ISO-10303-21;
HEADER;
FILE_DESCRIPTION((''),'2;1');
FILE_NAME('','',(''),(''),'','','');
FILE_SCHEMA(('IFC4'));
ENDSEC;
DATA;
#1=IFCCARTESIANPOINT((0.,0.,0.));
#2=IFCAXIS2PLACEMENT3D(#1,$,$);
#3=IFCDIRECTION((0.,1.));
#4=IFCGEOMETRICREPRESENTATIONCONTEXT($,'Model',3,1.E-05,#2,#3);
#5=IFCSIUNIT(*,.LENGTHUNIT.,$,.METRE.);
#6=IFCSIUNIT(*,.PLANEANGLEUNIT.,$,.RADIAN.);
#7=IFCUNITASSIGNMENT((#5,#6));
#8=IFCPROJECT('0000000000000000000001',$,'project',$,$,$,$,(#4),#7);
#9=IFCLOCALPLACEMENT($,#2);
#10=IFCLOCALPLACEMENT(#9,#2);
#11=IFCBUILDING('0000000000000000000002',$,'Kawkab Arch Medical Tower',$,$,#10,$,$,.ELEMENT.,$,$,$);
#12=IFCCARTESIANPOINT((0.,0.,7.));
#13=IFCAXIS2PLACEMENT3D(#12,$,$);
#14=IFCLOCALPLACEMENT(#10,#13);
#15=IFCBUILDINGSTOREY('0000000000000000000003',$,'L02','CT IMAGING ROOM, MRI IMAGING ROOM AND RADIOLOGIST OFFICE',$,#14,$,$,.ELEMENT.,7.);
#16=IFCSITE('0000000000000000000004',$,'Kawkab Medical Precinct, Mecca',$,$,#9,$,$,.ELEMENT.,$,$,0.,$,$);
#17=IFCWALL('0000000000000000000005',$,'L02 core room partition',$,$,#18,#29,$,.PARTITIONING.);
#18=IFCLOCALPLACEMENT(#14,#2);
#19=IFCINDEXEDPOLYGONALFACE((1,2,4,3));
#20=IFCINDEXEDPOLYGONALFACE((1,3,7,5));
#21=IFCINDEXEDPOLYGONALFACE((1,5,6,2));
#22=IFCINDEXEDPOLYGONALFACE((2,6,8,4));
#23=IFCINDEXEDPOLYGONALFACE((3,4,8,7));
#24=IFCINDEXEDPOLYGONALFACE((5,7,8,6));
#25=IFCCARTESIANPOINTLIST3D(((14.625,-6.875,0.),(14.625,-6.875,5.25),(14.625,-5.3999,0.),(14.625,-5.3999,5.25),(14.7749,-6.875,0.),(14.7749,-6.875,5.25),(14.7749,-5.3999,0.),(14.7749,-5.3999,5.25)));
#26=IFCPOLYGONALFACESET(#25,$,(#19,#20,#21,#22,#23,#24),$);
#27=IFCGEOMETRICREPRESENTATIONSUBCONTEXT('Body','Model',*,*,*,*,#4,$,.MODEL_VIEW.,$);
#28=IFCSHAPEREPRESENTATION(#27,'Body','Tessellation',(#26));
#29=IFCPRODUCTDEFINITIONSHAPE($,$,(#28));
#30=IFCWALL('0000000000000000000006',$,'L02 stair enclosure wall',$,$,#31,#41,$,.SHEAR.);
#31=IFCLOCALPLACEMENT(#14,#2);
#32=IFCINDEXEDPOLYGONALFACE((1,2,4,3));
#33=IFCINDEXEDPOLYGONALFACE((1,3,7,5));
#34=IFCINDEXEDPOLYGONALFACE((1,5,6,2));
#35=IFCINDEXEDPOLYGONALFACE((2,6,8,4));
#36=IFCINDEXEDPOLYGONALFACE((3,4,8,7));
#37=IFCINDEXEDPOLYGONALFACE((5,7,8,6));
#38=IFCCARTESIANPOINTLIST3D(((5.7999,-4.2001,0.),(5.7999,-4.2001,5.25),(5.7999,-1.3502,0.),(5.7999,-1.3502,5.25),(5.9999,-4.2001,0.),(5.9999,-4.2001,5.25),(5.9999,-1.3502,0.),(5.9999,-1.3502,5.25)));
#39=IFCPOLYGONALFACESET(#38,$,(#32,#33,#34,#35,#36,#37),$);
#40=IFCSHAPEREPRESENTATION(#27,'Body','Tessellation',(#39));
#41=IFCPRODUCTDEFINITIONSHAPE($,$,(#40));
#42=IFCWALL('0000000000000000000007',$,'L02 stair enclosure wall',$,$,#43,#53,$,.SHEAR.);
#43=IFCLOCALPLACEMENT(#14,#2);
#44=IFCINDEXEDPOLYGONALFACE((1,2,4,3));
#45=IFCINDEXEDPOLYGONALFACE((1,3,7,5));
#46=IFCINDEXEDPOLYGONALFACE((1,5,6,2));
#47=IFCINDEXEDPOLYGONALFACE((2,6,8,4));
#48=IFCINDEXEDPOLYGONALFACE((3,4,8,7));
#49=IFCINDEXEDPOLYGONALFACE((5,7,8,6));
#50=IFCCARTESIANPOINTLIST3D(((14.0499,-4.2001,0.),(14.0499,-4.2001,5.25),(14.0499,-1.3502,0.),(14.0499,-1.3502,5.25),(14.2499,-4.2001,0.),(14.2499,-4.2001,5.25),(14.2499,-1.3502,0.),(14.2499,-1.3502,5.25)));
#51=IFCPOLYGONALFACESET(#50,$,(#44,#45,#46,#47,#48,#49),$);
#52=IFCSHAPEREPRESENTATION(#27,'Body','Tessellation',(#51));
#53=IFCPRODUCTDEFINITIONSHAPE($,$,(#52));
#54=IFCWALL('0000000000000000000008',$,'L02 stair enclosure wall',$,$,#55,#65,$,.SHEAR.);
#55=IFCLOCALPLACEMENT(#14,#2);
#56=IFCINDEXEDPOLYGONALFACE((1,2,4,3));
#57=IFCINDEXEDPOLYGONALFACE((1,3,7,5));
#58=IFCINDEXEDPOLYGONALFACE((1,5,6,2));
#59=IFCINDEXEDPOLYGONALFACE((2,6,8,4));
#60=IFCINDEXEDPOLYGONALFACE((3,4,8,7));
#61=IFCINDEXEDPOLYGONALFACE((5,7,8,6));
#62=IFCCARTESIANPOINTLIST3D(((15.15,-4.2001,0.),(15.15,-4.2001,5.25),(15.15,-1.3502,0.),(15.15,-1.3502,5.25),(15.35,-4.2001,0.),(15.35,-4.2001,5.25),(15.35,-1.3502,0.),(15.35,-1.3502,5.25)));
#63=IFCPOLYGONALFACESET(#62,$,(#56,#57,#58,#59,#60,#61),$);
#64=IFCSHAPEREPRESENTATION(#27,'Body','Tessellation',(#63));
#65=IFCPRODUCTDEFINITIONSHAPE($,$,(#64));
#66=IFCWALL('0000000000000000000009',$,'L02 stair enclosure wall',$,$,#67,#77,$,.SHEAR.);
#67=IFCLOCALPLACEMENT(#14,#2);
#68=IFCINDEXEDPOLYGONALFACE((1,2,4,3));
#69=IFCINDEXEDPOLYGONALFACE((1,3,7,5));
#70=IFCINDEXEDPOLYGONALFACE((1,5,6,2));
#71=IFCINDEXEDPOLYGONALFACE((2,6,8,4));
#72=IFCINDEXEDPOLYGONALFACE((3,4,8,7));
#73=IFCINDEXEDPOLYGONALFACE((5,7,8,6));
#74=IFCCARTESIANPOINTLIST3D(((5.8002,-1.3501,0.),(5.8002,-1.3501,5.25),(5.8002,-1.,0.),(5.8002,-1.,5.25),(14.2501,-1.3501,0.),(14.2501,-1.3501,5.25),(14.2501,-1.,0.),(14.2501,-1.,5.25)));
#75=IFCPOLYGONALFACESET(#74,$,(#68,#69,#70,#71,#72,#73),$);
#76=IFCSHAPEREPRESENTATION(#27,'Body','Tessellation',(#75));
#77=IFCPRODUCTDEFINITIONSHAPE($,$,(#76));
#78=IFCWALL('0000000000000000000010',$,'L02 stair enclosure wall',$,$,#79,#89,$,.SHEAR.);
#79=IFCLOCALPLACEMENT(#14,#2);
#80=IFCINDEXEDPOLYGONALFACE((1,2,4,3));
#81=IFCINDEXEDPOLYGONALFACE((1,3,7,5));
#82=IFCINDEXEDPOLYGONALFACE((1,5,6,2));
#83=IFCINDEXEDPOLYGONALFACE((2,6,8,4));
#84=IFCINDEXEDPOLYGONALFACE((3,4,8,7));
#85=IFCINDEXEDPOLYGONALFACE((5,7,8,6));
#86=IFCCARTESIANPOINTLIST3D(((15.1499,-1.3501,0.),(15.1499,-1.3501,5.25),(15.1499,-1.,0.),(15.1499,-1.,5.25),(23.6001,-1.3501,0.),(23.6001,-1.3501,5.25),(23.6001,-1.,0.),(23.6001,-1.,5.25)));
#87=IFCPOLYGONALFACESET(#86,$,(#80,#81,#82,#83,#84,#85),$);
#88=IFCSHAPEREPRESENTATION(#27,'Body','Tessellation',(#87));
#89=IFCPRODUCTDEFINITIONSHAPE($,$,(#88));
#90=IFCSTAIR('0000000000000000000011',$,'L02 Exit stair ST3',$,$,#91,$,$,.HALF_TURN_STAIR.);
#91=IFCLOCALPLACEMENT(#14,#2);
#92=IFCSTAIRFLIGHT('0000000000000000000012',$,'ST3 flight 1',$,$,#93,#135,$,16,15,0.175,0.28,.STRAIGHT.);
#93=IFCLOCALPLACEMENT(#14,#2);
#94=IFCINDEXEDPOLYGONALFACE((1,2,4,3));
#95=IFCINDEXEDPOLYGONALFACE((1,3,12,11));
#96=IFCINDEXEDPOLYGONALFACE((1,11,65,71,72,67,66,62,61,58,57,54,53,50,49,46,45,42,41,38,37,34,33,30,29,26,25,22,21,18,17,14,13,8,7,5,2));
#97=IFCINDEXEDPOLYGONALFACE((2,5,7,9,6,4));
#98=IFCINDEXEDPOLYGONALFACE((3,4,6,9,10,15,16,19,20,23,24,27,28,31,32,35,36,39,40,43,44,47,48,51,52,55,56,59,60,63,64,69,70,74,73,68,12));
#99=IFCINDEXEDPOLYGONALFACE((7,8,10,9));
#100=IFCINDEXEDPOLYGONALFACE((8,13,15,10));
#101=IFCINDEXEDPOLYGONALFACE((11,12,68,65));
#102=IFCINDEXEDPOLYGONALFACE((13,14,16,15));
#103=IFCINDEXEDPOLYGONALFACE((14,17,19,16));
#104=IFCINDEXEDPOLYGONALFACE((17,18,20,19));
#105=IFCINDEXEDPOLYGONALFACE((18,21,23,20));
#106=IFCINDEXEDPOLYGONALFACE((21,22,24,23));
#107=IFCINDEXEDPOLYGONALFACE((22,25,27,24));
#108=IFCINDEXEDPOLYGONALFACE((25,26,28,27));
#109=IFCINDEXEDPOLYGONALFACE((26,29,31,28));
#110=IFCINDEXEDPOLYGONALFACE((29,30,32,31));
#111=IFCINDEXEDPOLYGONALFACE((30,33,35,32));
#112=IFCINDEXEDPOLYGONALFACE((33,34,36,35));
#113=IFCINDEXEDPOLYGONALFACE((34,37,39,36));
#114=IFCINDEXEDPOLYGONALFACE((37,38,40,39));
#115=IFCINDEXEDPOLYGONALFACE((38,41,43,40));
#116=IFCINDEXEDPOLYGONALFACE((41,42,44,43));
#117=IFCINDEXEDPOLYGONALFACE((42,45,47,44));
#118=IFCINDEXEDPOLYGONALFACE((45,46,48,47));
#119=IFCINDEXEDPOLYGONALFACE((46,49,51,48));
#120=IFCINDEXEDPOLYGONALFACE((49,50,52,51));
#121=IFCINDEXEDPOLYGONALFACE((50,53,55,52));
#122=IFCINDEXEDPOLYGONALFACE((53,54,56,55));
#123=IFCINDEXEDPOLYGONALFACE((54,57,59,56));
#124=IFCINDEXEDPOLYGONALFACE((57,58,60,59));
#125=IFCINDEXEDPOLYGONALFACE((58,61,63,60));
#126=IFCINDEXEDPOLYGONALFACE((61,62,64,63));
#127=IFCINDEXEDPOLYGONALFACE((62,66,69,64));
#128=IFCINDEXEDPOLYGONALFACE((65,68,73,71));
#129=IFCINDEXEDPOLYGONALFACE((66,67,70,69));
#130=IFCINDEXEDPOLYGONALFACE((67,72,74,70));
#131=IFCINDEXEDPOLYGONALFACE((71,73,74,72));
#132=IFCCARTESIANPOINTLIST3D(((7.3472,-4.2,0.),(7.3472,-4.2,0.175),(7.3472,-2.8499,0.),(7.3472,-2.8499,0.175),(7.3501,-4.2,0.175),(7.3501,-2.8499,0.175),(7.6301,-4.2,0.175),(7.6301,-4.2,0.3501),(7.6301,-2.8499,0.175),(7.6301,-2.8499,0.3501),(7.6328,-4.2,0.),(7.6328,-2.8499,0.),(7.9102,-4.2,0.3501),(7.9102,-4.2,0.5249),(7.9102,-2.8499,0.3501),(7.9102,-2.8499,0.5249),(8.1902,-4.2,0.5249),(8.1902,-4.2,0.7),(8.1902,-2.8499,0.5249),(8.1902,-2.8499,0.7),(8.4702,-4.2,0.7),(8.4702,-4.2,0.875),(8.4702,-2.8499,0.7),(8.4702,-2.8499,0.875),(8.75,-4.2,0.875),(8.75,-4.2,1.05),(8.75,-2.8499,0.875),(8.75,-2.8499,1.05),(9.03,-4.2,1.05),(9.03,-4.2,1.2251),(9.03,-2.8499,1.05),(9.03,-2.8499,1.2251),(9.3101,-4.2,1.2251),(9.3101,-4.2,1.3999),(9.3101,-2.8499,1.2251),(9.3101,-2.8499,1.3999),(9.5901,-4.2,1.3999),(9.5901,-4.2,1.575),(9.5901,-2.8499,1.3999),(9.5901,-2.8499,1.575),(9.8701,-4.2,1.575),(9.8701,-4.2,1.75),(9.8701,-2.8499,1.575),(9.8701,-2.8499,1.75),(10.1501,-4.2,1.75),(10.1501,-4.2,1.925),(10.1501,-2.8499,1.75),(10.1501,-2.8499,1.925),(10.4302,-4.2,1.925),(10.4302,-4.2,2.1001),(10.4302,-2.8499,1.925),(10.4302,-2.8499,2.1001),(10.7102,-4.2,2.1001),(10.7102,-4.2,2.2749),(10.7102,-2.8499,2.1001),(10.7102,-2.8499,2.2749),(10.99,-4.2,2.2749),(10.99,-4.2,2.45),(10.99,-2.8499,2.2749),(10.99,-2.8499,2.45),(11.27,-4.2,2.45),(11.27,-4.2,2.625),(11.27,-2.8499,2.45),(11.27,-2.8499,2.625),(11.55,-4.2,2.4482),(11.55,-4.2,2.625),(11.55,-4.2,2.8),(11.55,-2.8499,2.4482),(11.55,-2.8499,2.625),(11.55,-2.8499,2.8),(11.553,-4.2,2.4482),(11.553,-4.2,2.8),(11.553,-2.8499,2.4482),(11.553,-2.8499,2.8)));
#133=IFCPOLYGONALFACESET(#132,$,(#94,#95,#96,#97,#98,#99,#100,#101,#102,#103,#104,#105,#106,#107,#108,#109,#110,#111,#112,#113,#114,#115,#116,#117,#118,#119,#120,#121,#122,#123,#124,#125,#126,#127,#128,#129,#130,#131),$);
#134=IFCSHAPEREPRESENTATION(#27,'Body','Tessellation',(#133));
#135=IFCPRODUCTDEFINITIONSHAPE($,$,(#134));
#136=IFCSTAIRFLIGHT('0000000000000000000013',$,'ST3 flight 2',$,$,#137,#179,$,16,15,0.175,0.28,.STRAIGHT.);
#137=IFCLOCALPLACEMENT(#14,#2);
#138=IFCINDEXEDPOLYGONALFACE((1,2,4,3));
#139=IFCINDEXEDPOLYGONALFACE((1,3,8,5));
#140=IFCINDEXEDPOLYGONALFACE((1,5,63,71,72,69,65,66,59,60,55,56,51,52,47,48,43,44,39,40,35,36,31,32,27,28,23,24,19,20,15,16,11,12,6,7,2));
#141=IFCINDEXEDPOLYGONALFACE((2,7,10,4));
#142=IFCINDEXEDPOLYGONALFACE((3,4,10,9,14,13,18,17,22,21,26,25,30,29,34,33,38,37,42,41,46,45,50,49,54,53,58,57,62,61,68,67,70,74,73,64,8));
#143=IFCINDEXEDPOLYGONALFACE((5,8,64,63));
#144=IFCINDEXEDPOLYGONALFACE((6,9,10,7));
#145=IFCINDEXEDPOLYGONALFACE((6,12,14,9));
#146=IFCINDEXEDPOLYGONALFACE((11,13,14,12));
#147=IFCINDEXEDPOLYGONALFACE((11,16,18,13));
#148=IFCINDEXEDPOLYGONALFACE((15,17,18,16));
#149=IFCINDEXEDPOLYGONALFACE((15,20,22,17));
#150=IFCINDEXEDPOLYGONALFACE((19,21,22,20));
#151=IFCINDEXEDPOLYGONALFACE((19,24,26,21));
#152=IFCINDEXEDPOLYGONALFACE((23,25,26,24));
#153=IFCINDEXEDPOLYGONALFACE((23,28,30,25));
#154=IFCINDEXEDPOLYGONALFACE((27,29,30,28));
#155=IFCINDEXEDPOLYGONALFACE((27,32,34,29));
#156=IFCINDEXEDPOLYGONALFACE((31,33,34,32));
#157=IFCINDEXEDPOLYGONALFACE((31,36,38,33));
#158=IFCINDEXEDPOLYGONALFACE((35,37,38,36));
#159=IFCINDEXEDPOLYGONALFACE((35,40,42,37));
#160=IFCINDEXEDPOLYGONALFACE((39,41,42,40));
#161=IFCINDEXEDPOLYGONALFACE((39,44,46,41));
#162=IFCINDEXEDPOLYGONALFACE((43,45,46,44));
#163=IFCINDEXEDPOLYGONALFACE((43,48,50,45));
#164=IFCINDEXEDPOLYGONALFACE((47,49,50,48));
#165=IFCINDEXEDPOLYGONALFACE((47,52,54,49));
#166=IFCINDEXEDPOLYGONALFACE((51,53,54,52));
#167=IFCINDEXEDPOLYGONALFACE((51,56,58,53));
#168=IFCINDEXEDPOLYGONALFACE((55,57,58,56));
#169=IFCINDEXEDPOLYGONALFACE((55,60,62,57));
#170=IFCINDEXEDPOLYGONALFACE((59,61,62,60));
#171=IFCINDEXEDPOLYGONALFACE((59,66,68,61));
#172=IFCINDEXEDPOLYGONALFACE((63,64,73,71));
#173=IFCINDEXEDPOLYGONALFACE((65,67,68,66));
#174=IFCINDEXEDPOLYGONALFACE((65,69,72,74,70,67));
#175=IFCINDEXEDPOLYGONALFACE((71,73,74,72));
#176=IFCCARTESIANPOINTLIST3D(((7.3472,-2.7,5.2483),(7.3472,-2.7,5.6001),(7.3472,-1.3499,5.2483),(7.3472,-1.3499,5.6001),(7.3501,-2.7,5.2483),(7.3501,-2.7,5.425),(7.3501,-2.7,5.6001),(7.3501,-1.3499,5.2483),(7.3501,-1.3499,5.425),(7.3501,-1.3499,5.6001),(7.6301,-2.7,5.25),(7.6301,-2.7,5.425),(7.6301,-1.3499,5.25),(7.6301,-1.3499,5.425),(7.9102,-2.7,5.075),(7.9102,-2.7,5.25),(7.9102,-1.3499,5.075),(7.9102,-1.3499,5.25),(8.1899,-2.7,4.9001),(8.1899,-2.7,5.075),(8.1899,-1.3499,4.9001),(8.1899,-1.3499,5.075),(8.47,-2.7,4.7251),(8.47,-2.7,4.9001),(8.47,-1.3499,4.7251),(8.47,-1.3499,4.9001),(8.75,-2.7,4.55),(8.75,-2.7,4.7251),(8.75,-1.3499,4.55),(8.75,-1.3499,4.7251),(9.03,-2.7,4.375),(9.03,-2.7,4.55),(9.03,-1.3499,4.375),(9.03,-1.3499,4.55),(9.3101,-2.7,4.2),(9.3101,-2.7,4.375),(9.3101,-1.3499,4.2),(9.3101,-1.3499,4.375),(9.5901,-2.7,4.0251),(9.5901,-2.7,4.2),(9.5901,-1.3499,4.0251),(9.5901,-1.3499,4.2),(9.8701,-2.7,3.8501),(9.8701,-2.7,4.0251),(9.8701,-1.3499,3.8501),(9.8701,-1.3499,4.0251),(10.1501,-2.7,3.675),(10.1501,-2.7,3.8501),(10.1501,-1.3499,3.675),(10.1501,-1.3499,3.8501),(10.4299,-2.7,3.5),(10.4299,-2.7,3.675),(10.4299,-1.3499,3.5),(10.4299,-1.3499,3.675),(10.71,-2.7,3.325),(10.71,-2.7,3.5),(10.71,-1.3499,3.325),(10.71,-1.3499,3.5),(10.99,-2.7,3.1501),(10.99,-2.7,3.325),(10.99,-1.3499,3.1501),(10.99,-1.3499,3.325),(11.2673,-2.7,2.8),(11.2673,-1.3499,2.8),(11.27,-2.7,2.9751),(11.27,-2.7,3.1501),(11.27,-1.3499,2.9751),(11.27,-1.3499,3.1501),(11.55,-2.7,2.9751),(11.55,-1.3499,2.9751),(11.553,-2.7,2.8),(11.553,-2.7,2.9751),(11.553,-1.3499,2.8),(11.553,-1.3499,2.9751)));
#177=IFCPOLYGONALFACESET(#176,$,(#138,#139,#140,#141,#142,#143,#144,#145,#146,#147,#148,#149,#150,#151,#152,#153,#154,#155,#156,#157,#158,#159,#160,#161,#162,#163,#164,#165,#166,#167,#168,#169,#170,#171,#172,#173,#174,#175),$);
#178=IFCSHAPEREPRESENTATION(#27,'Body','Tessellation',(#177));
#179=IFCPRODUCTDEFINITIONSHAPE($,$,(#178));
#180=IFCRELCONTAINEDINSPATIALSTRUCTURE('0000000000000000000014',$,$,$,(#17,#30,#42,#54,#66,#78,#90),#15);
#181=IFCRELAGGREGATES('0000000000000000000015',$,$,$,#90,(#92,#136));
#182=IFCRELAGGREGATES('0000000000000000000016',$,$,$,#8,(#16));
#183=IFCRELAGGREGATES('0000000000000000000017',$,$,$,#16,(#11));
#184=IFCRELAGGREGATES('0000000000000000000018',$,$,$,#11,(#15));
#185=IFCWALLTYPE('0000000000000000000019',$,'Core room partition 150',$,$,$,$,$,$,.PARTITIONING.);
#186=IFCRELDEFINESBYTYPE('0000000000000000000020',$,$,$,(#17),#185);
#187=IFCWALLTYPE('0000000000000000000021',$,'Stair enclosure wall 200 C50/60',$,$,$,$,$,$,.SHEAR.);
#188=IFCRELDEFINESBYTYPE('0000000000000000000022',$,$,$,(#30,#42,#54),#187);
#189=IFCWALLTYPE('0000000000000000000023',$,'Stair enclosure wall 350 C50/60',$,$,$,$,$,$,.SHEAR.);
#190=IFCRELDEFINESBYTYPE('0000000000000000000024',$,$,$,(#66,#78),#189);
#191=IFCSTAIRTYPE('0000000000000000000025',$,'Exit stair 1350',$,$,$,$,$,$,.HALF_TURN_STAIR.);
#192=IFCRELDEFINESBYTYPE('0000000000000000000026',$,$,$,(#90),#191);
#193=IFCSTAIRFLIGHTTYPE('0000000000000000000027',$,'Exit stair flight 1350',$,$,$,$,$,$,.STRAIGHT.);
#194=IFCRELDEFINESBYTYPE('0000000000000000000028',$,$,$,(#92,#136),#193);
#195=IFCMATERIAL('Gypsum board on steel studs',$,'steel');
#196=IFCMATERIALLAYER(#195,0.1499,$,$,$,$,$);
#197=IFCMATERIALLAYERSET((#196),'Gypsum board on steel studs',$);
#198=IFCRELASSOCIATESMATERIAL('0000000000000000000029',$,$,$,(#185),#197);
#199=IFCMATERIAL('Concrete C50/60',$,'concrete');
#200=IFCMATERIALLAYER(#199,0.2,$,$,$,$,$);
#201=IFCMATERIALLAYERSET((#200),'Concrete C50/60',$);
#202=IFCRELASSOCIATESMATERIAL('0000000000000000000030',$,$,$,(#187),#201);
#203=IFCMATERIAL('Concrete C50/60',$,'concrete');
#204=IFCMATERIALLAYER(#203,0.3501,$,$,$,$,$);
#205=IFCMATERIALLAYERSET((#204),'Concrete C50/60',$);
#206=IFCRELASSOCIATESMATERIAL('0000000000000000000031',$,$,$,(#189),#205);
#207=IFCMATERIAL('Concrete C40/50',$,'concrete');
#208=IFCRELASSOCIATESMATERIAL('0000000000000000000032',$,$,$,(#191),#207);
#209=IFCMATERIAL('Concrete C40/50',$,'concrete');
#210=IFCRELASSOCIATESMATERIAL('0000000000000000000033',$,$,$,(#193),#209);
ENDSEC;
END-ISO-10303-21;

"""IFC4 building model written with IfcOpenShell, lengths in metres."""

from ifc_helpers import new_model, si_unit, direction, frame, frame_2d, origin, place, context, subcontext, project, spatial, polyline, rectangle, outline, extrude, material, layer, layer_set, type_object, element, aggregate, save


model = new_model("IFC4")

# Units and contexts
model_context = context("Model", 3, precision=1e-05, world=origin(), true_north=direction((0.0, 1.0)))
body_context = subcontext(model_context, "Body", "Model", "MODEL_VIEW")
ifc_project = project(units=[si_unit("LENGTHUNIT", "METRE"), si_unit("PLANEANGLEUNIT", "RADIAN")], contexts=[model_context])

# Site, building, storey
site_placement = place(None, origin())
site = spatial("IfcSite", under=ifc_project, at=site_placement, Name="Kawkab Medical Precinct, Mecca", CompositionType="ELEMENT", RefElevation=0.0)
building_placement = place(site_placement, origin())
building = spatial("IfcBuilding", under=site, at=building_placement, Name="Kawkab Arch Medical Tower", CompositionType="ELEMENT")
storey_placement = place(building_placement, frame((0.0, 0.0, 7.0)))
storey = spatial("IfcBuildingStorey", under=building, at=storey_placement, Name="L02", Description="CT IMAGING ROOM, MRI IMAGING ROOM AND RADIOLOGIST OFFICE", CompositionType="ELEMENT", Elevation=7.0)

# Shared definitions
ifc_material_1 = material(Name="Gypsum board on steel studs", Category="steel")
ifc_layer_1 = layer(ifc_material_1, 0.1499)
ifc_layer_set_1 = layer_set([ifc_layer_1], Name="Gypsum board on steel studs")
wall_type_1 = type_object("IfcWallType", Name="Core room partition 150", PredefinedType="PARTITIONING", material=ifc_layer_set_1)

# Walls
for number, where, z_axis, x_axis, name in (
    (1, (14.7, -6.875, 0.0), (0.0, 0.0, 1.0), (0.0, 1.0, 0.0), "L02 core room partition"),
):
    element("IfcWall", number, at=place(storey_placement, frame(where, z_axis=z_axis, x_axis=x_axis)), inside=storey, type_object=wall_type_1, Name=name, PredefinedType="PARTITIONING", context=body_context, shape_type="SweptSolid", body=[
        extrude(rectangle(XDim=1.4751, YDim=0.1499, at=frame_2d((0.7375, 0.0))), origin(), (0.0, 0.0, 1.0), 5.25),
    ])
ifc_material_2 = material(Name="Concrete C50/60", Category="concrete")
ifc_layer_2 = layer(ifc_material_2, 0.2)
ifc_layer_set_2 = layer_set([ifc_layer_2], Name="Concrete C50/60")
wall_type_2 = type_object("IfcWallType", Name="Stair enclosure wall 200 C50/60", PredefinedType="SHEAR", material=ifc_layer_set_2)
for number, where, z_axis, x_axis, name in (
    (2, (5.8999, -4.2, 0.0), (0.0, 0.0, 1.0), (0.0, 1.0, 0.0), "L02 stair enclosure wall"),
    (3, (14.1499, -4.2, 0.0), (0.0, 0.0, 1.0), (0.0, 1.0, 0.0), "L02 stair enclosure wall"),
    (4, (15.25, -4.2, 0.0), (0.0, 0.0, 1.0), (0.0, 1.0, 0.0), "L02 stair enclosure wall"),
):
    element("IfcWall", number, at=place(storey_placement, frame(where, z_axis=z_axis, x_axis=x_axis)), inside=storey, type_object=wall_type_2, Name=name, PredefinedType="SHEAR", context=body_context, shape_type="SweptSolid", body=[
        extrude(rectangle(XDim=2.8499, YDim=0.2, at=frame_2d((1.4248, 0.0))), origin(), (0.0, 0.0, 1.0), 5.25),
    ])
ifc_material_3 = material(Name="Concrete C50/60", Category="concrete")
ifc_layer_3 = layer(ifc_material_3, 0.3501)
ifc_layer_set_3 = layer_set([ifc_layer_3], Name="Concrete C50/60")
wall_type_3 = type_object("IfcWallType", Name="Stair enclosure wall 350 C50/60", PredefinedType="SHEAR", material=ifc_layer_set_3)
wall_1_placement = place(storey_placement, frame((5.8, -1.175, 0.0), z_axis=(0.0, 0.0, 1.0), x_axis=(1.0, 0.0, 0.0)))
element("IfcWall", 5, at=wall_1_placement, inside=storey, type_object=wall_type_3, Name="L02 stair enclosure wall", PredefinedType="SHEAR", context=body_context, shape_type="SweptSolid", body=[
    extrude(rectangle(XDim=8.45, YDim=0.3501, at=frame_2d((4.2251, 0.0))), origin(), (0.0, 0.0, 1.0), 5.25),
])
wall_2_placement = place(storey_placement, frame((15.1499, -1.175, 0.0), z_axis=(0.0, 0.0, 1.0), x_axis=(1.0, 0.0, 0.0)))
element("IfcWall", 6, at=wall_2_placement, inside=storey, type_object=wall_type_3, Name="L02 stair enclosure wall", PredefinedType="SHEAR", context=body_context, shape_type="SweptSolid", body=[
    extrude(rectangle(XDim=8.4502, YDim=0.3501, at=frame_2d((4.2251, 0.0))), origin(), (0.0, 0.0, 1.0), 5.25),
])

# Stair, stair flights
ifc_material_4 = material(Name="Concrete C40/50", Category="concrete")
stair_type = type_object("IfcStairType", Name="Exit stair 1350", PredefinedType="HALF_TURN_STAIR", material=ifc_material_4)
stair_placement = place(storey_placement, origin())
stair = element("IfcStair", 7, at=stair_placement, inside=storey, type_object=stair_type, Name="L02 Exit stair ST3", PredefinedType="HALF_TURN_STAIR")
ifc_material_5 = material(Name="Concrete C40/50", Category="concrete")
stair_flight_type = type_object("IfcStairFlightType", Name="Exit stair flight 1350", PredefinedType="STRAIGHT", material=ifc_material_5)
stair_flight_1_placement = place(storey_placement, frame((7.3501, -3.5249, 0.0), z_axis=(0.0, 0.0, 1.0), x_axis=(1.0, 0.0, 0.0)))
stair_flight_1 = element("IfcStairFlight", 8, at=stair_flight_1_placement, type_object=stair_flight_type, Name="ST3 flight 1", NumberOfRisers=16, NumberOfTreads=15, PredefinedType="STRAIGHT", RiserHeight=0.175, TreadLength=0.28, context=body_context, shape_type="SweptSolid", body=[
    extrude(outline(polyline([(-0.0029, 0.0), (-0.0029, 0.175), (0.0, 0.175), (0.28, 0.175), (0.28, 0.3501), (0.5601, 0.3501), (0.5601, 0.5249), (0.8401, 0.5249), (0.8401, 0.7), (1.1201, 0.7), (1.1201, 0.875), (1.3999, 0.875), (1.3999, 1.05), (1.6799, 1.05), (1.6799, 1.2251), (1.96, 1.2251), (1.96, 1.3999), (2.24, 1.3999), (2.24, 1.575), (2.52, 1.575), (2.52, 1.75), (2.8, 1.75), (2.8, 1.925), (3.0801, 1.925), (3.0801, 2.1001), (3.3601, 2.1001), (3.3601, 2.2749), (3.6399, 2.2749), (3.6399, 2.45), (3.9199, 2.45), (3.9199, 2.625), (4.2, 2.625), (4.2, 2.8), (4.2029, 2.8), (4.2029, 2.4482), (4.2, 2.4482), (0.2827, 0.0), (-0.0029, 0.0)])), frame((0.0, 0.675, 0.0), z_axis=(0.0, -1.0, 0.0), x_axis=(1.0, 0.0, 0.0)), (0.0, 0.0, 1.0), 1.3501),
])
stair_flight_2_placement = place(storey_placement, frame((11.55, -2.0249, 2.8), z_axis=(0.0, 0.0, 1.0), x_axis=(-1.0, 0.0, 0.0)))
stair_flight_2 = element("IfcStairFlight", 9, at=stair_flight_2_placement, type_object=stair_flight_type, Name="ST3 flight 2", NumberOfRisers=16, NumberOfTreads=15, PredefinedType="STRAIGHT", RiserHeight=0.175, TreadLength=0.28, context=body_context, shape_type="SweptSolid", body=[
    extrude(outline(polyline([(-0.0029, 0.0), (-0.0029, 0.175), (0.0, 0.175), (0.28, 0.175), (0.28, 0.3501), (0.5601, 0.3501), (0.5601, 0.5249), (0.8401, 0.5249), (0.8401, 0.7), (1.1201, 0.7), (1.1201, 0.875), (1.3999, 0.875), (1.3999, 1.05), (1.6799, 1.05), (1.6799, 1.2251), (1.96, 1.2251), (1.96, 1.3999), (2.24, 1.3999), (2.24, 1.575), (2.52, 1.575), (2.52, 1.75), (2.8, 1.75), (2.8, 1.925), (3.0801, 1.925), (3.0801, 2.1001), (3.3601, 2.1001), (3.3601, 2.2749), (3.6399, 2.2749), (3.6399, 2.45), (3.9199, 2.45), (3.9199, 2.625), (4.2, 2.625), (4.2, 2.8), (4.2029, 2.8), (4.2029, 2.4482), (4.2, 2.4482), (0.2827, 0.0), (-0.0029, 0.0)])), frame((0.0, 0.675, 0.0), z_axis=(0.0, -1.0, 0.0), x_axis=(1.0, 0.0, 0.0)), (0.0, 0.0, 1.0), 1.3501),
])
aggregate(stair, [stair_flight_1, stair_flight_2])

save(model, "model.ifc")
